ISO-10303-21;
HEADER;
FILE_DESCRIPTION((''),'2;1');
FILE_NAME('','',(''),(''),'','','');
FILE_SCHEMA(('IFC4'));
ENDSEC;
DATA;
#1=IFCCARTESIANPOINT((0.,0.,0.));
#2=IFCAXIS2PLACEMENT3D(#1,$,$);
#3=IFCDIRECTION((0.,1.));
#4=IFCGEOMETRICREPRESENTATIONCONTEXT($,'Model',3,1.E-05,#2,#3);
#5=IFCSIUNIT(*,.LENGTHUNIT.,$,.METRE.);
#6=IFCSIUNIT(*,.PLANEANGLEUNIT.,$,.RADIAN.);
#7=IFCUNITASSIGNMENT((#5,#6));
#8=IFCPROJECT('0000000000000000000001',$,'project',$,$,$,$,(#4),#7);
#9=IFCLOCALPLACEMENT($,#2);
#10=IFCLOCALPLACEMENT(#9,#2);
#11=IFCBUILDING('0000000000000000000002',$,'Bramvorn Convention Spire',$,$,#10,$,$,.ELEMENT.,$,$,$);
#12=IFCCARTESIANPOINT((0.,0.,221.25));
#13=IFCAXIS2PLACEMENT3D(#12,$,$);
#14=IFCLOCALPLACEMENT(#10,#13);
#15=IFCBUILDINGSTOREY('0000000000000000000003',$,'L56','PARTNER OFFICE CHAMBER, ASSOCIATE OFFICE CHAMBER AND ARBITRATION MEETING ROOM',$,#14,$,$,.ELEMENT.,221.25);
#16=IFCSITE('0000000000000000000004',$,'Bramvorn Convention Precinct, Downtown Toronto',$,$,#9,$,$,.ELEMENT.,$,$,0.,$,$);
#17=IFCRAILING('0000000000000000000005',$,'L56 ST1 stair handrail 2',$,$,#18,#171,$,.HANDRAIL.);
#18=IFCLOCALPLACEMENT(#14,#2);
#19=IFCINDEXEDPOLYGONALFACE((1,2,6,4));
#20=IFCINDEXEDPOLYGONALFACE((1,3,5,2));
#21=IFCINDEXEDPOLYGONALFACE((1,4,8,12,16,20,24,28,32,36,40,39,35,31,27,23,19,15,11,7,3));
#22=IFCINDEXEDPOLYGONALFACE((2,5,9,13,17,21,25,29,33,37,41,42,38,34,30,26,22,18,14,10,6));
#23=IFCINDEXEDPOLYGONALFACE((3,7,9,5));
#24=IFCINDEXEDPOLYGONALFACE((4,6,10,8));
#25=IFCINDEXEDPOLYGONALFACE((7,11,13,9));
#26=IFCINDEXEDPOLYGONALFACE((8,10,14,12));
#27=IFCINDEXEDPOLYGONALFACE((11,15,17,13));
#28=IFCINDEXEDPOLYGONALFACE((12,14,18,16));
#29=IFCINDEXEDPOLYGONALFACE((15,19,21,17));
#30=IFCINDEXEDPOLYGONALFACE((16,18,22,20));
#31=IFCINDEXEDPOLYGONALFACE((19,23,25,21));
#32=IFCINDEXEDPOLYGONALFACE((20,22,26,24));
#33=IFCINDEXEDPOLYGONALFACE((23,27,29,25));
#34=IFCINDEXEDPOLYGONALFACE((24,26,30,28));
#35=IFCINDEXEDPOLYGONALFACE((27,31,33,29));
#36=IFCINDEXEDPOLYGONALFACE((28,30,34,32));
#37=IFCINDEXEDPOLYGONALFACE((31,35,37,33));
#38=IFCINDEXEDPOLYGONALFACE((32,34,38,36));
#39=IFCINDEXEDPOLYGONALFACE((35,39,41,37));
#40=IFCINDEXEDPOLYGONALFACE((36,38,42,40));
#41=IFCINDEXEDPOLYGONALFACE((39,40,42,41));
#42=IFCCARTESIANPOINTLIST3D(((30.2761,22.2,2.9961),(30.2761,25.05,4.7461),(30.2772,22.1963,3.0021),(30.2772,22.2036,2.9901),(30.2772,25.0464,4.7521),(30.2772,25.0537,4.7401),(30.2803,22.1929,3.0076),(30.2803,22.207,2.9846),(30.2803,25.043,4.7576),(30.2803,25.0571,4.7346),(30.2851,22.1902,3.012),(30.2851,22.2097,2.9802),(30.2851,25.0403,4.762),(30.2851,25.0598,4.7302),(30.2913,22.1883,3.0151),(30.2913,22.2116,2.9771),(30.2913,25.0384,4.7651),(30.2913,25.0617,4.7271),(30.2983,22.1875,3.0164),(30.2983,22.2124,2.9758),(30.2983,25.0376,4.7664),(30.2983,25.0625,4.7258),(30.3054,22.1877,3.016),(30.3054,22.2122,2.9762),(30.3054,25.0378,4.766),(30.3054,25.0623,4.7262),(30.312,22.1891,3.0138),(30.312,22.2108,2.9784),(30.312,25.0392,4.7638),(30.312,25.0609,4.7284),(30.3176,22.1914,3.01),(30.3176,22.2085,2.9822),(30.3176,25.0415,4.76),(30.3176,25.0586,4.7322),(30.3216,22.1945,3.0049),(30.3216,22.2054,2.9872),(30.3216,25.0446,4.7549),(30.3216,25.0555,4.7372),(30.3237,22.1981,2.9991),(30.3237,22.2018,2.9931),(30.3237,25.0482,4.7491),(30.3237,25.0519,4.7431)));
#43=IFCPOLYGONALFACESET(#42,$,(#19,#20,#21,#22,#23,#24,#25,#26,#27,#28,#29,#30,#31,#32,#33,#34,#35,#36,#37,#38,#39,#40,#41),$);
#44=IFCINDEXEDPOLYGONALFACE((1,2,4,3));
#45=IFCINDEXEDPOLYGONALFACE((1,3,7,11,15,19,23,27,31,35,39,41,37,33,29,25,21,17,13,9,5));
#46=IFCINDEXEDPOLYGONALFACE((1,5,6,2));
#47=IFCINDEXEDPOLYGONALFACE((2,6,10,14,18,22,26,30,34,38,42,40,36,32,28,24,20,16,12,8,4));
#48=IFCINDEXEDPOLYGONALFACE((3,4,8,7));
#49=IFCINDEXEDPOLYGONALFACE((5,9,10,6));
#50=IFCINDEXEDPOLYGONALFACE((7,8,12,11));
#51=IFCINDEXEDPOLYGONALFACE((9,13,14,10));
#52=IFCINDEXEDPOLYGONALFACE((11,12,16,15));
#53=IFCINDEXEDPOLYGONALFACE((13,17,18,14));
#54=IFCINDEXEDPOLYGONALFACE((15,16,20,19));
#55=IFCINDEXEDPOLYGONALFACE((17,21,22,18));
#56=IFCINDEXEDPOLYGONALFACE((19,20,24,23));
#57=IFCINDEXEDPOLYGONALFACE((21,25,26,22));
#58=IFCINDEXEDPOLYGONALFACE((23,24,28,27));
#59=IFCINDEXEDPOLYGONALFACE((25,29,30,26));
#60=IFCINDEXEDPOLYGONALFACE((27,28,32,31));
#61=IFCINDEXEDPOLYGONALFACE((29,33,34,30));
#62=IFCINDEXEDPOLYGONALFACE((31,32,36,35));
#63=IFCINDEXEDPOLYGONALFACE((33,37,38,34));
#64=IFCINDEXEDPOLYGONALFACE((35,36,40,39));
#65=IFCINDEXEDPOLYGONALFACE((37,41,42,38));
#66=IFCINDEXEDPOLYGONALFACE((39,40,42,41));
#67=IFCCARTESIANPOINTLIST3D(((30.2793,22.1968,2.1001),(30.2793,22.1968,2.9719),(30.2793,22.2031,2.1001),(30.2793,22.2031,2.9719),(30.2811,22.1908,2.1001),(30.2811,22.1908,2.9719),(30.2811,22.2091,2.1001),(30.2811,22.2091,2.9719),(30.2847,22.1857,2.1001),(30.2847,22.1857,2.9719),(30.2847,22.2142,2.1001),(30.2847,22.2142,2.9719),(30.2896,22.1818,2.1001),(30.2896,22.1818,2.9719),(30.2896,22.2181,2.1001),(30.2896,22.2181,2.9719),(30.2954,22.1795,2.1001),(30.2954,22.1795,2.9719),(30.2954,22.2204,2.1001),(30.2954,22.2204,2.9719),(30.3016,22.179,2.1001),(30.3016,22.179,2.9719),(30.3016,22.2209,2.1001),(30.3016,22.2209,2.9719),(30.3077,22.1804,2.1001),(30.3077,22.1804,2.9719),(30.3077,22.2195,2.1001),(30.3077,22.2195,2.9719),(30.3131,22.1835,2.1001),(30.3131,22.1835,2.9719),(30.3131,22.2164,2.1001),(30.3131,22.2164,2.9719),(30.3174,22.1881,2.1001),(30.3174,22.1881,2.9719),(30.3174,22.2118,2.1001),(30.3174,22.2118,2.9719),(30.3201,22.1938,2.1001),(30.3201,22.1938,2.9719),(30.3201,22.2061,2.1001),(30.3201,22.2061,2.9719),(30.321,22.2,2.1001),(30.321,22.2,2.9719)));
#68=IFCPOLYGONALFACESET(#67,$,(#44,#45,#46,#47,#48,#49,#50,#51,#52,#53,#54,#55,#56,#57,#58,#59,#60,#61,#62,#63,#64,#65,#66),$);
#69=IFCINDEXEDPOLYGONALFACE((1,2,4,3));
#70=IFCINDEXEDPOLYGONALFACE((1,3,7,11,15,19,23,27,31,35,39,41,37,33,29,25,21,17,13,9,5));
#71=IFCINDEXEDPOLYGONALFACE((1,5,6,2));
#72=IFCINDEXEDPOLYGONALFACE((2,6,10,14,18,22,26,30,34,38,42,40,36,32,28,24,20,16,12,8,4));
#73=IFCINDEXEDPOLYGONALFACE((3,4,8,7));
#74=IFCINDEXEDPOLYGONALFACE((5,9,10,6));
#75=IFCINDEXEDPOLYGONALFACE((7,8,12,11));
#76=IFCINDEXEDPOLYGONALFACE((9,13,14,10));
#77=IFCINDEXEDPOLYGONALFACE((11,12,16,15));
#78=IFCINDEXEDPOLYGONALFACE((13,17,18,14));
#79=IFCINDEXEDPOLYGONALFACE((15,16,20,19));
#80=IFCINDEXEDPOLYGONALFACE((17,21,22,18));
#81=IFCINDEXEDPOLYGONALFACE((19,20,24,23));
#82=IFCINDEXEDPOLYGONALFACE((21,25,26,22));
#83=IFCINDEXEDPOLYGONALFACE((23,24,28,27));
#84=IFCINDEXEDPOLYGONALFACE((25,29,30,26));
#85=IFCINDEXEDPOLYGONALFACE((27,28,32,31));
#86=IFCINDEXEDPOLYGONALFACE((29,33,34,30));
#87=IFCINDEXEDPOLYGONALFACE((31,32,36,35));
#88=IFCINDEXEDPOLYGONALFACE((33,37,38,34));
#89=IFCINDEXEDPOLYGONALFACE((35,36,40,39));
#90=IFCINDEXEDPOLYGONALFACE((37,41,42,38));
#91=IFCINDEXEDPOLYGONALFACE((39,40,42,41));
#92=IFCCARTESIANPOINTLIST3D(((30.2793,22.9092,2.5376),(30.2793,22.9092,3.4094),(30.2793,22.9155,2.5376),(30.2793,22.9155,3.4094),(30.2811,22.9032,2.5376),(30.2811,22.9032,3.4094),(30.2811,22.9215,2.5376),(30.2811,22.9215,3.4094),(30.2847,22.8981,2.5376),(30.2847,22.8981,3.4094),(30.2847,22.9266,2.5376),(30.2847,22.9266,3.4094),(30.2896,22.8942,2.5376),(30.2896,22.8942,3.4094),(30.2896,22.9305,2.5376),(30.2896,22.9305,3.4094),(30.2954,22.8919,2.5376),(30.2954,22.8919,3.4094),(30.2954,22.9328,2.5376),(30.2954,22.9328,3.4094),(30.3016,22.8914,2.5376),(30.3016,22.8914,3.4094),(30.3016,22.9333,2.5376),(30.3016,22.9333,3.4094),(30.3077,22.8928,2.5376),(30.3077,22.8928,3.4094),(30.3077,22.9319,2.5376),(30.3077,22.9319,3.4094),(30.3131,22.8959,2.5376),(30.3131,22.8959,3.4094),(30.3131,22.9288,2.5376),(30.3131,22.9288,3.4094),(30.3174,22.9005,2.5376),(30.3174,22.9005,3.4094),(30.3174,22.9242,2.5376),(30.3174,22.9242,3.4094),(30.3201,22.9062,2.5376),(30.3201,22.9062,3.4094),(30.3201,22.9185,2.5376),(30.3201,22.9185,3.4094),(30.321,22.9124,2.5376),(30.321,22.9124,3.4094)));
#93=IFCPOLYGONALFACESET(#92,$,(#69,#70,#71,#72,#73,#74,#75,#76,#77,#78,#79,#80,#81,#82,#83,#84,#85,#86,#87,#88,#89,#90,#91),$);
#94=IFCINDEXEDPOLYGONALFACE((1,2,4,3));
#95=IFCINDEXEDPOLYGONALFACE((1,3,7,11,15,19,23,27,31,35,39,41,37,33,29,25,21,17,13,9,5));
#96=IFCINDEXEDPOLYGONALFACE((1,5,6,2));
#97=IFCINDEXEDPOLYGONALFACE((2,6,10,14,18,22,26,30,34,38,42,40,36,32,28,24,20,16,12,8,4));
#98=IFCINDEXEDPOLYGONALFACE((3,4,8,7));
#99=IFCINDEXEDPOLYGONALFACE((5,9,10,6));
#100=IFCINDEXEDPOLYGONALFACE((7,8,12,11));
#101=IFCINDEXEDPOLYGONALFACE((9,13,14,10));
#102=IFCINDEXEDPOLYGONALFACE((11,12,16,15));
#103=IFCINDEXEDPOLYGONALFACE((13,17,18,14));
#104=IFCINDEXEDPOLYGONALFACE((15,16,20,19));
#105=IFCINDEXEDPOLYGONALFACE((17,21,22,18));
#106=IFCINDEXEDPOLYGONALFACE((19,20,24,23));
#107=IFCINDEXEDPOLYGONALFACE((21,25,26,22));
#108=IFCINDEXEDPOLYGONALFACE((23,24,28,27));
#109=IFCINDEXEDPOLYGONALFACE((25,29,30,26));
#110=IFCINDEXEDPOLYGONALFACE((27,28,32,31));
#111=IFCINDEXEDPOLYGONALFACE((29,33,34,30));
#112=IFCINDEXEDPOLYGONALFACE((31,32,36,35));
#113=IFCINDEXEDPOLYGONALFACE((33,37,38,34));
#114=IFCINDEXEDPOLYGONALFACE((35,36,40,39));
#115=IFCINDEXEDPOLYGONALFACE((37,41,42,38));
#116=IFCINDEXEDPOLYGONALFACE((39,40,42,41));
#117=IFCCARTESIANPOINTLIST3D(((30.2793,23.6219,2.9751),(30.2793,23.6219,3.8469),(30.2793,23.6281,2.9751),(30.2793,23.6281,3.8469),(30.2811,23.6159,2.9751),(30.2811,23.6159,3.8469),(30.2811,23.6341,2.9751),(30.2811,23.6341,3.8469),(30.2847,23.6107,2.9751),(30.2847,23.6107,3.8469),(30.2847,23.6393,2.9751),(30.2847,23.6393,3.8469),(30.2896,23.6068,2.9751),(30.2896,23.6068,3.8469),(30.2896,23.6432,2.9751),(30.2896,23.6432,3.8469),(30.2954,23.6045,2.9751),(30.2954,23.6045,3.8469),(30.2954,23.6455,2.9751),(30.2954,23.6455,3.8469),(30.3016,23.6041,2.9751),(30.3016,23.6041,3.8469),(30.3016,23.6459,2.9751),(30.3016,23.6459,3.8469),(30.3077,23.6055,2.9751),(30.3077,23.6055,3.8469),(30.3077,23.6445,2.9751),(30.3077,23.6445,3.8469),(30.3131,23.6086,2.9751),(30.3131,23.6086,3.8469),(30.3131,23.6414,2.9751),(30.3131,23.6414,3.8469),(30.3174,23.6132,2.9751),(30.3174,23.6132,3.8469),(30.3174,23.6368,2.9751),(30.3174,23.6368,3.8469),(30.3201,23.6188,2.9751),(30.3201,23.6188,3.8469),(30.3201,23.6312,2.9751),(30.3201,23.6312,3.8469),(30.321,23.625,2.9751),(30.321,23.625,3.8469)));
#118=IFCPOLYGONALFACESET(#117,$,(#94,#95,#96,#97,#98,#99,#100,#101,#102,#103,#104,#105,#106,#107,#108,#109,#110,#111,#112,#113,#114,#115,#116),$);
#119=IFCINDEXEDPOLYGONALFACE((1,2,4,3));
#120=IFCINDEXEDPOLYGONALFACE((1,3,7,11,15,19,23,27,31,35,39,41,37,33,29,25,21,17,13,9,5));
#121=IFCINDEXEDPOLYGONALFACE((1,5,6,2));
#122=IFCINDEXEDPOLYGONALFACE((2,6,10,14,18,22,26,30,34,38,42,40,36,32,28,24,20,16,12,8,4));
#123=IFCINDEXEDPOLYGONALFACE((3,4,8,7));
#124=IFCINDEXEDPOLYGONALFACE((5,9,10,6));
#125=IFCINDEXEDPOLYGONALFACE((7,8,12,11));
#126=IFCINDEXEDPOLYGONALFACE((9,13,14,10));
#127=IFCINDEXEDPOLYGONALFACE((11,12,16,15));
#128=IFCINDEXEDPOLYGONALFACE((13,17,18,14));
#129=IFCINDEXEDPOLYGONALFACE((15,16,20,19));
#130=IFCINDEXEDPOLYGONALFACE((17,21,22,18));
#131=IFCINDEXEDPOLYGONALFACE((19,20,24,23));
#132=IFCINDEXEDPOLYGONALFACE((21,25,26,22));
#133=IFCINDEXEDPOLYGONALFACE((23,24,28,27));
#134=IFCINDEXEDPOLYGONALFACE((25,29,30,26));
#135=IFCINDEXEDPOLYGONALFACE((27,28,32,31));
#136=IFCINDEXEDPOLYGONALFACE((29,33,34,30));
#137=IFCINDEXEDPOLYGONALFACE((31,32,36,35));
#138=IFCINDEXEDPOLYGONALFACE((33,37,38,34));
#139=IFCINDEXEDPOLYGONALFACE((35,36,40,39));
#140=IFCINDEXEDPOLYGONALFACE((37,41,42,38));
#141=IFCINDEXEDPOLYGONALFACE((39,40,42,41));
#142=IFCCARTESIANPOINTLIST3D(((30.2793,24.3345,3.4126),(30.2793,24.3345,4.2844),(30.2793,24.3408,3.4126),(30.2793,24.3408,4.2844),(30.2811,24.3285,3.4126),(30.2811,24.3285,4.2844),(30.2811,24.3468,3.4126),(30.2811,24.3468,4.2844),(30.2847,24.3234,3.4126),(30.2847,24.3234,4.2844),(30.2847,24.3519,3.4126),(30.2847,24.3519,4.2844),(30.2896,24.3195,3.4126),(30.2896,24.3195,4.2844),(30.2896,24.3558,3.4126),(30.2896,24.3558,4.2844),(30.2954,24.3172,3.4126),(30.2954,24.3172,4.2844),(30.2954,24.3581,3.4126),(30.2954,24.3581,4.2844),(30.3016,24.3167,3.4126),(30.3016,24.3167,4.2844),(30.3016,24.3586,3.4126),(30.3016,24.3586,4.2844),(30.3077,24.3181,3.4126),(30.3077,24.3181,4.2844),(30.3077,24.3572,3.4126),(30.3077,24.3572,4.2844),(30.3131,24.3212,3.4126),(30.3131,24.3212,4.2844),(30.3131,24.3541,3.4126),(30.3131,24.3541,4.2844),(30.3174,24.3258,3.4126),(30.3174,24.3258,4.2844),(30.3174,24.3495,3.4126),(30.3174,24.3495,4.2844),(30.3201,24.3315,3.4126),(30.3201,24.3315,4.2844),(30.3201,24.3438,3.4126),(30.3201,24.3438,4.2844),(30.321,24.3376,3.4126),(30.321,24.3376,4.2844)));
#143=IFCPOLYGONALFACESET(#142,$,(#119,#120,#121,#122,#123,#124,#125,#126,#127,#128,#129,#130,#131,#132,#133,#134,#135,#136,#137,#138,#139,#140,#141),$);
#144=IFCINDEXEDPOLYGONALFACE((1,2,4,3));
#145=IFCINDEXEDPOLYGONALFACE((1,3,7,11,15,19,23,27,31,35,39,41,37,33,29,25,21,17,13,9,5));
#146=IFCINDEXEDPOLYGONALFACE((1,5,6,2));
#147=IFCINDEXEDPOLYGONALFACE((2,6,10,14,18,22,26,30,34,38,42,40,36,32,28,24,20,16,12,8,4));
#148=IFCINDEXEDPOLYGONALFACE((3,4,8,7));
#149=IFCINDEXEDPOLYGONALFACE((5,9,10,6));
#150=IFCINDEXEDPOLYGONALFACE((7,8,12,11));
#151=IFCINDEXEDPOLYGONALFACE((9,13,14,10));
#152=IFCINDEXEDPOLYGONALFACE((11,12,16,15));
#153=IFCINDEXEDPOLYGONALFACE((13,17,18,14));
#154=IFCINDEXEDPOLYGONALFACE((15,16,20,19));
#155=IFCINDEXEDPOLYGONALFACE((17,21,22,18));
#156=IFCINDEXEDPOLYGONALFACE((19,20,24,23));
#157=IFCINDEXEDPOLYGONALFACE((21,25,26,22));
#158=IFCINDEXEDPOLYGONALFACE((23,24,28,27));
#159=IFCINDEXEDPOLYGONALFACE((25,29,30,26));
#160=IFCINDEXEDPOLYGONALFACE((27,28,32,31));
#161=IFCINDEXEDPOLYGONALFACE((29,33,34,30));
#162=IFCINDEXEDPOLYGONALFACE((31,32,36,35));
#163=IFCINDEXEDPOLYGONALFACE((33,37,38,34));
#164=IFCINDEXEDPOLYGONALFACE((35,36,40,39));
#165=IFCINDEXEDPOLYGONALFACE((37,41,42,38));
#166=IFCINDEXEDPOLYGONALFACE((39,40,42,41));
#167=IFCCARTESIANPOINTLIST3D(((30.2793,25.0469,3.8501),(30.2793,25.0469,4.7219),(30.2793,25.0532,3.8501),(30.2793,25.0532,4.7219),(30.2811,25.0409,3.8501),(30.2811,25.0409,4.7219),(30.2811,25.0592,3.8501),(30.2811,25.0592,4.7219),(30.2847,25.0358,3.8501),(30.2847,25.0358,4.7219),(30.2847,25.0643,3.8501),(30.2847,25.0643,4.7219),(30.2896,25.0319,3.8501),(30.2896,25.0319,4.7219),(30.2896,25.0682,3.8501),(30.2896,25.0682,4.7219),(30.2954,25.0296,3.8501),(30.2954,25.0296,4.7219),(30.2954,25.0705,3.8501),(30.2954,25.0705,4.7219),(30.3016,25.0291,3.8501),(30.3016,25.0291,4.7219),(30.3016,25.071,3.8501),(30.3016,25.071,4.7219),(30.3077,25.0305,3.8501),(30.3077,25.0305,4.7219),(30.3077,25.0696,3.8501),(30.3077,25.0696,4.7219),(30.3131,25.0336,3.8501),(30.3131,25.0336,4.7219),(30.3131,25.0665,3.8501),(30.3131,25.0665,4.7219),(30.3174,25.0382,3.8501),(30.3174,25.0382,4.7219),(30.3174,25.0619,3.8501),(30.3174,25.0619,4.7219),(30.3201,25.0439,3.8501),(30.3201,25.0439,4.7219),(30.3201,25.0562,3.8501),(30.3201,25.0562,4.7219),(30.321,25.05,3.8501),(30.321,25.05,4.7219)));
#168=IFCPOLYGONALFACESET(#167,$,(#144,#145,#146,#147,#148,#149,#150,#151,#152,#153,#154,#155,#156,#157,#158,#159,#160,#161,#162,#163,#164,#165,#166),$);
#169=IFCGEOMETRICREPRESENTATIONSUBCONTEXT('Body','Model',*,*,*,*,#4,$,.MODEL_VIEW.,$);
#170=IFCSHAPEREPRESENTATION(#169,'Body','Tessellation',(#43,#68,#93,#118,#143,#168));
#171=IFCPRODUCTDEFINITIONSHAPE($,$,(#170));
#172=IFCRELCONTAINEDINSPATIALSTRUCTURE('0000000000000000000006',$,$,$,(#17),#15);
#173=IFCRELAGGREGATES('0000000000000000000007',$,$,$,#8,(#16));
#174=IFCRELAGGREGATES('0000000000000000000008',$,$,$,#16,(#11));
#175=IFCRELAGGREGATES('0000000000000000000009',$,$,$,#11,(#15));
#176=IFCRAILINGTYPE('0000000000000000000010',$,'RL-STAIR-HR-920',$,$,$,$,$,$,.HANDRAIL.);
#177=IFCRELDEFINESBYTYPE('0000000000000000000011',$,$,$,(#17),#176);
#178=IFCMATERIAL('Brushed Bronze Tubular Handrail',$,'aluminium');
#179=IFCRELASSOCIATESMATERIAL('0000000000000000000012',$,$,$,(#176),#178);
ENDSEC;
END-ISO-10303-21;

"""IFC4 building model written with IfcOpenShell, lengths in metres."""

from ifc_helpers import new_model, si_unit, direction, frame, origin, origin_2d, place, context, subcontext, project, spatial, circle, extrude, material, type_object, element, save


model = new_model("IFC4")

# Units and contexts
model_context = context("Model", 3, precision=1e-05, world=origin(), true_north=direction((0.0, 1.0)))
body_context = subcontext(model_context, "Body", "Model", "MODEL_VIEW")
ifc_project = project(units=[si_unit("LENGTHUNIT", "METRE"), si_unit("PLANEANGLEUNIT", "RADIAN")], contexts=[model_context])

# Site, building, storey
site_placement = place(None, origin())
site = spatial("IfcSite", under=ifc_project, at=site_placement, Name="Bramvorn Convention Precinct, Downtown Toronto", CompositionType="ELEMENT", RefElevation=0.0)
building_placement = place(site_placement, origin())
building = spatial("IfcBuilding", under=site, at=building_placement, Name="Bramvorn Convention Spire", CompositionType="ELEMENT")
storey_placement = place(building_placement, frame((0.0, 0.0, 221.25)))
storey = spatial("IfcBuildingStorey", under=building, at=storey_placement, Name="L56", Description="PARTNER OFFICE CHAMBER, ASSOCIATE OFFICE CHAMBER AND ARBITRATION MEETING ROOM", CompositionType="ELEMENT", Elevation=221.25)

# Railing
ifc_material_1 = material(Name="Brushed Bronze Tubular Handrail", Category="aluminium")
railing_type_1 = type_object("IfcRailingType", Name="RL-STAIR-HR-920", PredefinedType="HANDRAIL", material=ifc_material_1)
for number, where, name in (
    (1, (30.3, 22.2, 2.1001), "L56 ST1 stair handrail 2"),
):
    element("IfcRailing", number, at=place(storey_placement, frame(where)), inside=storey, type_object=railing_type_1, Name=name, PredefinedType="HANDRAIL", context=body_context, shape_type="SweptSolid", body=[
        extrude(circle(Radius=0.0239, at=origin_2d()), frame((0.0, 0.0, 0.896), z_axis=(0.0, 0.852179, 0.52325), x_axis=(-1.0, 0.0, 0.0)), (0.0, 0.0, 1.0), 3.3445),
        extrude(circle(Radius=0.021, at=origin_2d()), origin(), (0.0, 0.0, 1.0), 0.8718),
        extrude(circle(Radius=0.021, at=origin_2d()), frame((0.0, 0.7124, 0.4375)), (0.0, 0.0, 1.0), 0.8718),
        extrude(circle(Radius=0.021, at=origin_2d()), frame((0.0, 1.425, 0.875)), (0.0, 0.0, 1.0), 0.8718),
        extrude(circle(Radius=0.021, at=origin_2d()), frame((0.0, 2.1377, 1.3125)), (0.0, 0.0, 1.0), 0.8718),
        extrude(circle(Radius=0.021, at=origin_2d()), frame((0.0, 2.8501, 1.75)), (0.0, 0.0, 1.0), 0.8718),
    ])

save(model, "model.ifc")
